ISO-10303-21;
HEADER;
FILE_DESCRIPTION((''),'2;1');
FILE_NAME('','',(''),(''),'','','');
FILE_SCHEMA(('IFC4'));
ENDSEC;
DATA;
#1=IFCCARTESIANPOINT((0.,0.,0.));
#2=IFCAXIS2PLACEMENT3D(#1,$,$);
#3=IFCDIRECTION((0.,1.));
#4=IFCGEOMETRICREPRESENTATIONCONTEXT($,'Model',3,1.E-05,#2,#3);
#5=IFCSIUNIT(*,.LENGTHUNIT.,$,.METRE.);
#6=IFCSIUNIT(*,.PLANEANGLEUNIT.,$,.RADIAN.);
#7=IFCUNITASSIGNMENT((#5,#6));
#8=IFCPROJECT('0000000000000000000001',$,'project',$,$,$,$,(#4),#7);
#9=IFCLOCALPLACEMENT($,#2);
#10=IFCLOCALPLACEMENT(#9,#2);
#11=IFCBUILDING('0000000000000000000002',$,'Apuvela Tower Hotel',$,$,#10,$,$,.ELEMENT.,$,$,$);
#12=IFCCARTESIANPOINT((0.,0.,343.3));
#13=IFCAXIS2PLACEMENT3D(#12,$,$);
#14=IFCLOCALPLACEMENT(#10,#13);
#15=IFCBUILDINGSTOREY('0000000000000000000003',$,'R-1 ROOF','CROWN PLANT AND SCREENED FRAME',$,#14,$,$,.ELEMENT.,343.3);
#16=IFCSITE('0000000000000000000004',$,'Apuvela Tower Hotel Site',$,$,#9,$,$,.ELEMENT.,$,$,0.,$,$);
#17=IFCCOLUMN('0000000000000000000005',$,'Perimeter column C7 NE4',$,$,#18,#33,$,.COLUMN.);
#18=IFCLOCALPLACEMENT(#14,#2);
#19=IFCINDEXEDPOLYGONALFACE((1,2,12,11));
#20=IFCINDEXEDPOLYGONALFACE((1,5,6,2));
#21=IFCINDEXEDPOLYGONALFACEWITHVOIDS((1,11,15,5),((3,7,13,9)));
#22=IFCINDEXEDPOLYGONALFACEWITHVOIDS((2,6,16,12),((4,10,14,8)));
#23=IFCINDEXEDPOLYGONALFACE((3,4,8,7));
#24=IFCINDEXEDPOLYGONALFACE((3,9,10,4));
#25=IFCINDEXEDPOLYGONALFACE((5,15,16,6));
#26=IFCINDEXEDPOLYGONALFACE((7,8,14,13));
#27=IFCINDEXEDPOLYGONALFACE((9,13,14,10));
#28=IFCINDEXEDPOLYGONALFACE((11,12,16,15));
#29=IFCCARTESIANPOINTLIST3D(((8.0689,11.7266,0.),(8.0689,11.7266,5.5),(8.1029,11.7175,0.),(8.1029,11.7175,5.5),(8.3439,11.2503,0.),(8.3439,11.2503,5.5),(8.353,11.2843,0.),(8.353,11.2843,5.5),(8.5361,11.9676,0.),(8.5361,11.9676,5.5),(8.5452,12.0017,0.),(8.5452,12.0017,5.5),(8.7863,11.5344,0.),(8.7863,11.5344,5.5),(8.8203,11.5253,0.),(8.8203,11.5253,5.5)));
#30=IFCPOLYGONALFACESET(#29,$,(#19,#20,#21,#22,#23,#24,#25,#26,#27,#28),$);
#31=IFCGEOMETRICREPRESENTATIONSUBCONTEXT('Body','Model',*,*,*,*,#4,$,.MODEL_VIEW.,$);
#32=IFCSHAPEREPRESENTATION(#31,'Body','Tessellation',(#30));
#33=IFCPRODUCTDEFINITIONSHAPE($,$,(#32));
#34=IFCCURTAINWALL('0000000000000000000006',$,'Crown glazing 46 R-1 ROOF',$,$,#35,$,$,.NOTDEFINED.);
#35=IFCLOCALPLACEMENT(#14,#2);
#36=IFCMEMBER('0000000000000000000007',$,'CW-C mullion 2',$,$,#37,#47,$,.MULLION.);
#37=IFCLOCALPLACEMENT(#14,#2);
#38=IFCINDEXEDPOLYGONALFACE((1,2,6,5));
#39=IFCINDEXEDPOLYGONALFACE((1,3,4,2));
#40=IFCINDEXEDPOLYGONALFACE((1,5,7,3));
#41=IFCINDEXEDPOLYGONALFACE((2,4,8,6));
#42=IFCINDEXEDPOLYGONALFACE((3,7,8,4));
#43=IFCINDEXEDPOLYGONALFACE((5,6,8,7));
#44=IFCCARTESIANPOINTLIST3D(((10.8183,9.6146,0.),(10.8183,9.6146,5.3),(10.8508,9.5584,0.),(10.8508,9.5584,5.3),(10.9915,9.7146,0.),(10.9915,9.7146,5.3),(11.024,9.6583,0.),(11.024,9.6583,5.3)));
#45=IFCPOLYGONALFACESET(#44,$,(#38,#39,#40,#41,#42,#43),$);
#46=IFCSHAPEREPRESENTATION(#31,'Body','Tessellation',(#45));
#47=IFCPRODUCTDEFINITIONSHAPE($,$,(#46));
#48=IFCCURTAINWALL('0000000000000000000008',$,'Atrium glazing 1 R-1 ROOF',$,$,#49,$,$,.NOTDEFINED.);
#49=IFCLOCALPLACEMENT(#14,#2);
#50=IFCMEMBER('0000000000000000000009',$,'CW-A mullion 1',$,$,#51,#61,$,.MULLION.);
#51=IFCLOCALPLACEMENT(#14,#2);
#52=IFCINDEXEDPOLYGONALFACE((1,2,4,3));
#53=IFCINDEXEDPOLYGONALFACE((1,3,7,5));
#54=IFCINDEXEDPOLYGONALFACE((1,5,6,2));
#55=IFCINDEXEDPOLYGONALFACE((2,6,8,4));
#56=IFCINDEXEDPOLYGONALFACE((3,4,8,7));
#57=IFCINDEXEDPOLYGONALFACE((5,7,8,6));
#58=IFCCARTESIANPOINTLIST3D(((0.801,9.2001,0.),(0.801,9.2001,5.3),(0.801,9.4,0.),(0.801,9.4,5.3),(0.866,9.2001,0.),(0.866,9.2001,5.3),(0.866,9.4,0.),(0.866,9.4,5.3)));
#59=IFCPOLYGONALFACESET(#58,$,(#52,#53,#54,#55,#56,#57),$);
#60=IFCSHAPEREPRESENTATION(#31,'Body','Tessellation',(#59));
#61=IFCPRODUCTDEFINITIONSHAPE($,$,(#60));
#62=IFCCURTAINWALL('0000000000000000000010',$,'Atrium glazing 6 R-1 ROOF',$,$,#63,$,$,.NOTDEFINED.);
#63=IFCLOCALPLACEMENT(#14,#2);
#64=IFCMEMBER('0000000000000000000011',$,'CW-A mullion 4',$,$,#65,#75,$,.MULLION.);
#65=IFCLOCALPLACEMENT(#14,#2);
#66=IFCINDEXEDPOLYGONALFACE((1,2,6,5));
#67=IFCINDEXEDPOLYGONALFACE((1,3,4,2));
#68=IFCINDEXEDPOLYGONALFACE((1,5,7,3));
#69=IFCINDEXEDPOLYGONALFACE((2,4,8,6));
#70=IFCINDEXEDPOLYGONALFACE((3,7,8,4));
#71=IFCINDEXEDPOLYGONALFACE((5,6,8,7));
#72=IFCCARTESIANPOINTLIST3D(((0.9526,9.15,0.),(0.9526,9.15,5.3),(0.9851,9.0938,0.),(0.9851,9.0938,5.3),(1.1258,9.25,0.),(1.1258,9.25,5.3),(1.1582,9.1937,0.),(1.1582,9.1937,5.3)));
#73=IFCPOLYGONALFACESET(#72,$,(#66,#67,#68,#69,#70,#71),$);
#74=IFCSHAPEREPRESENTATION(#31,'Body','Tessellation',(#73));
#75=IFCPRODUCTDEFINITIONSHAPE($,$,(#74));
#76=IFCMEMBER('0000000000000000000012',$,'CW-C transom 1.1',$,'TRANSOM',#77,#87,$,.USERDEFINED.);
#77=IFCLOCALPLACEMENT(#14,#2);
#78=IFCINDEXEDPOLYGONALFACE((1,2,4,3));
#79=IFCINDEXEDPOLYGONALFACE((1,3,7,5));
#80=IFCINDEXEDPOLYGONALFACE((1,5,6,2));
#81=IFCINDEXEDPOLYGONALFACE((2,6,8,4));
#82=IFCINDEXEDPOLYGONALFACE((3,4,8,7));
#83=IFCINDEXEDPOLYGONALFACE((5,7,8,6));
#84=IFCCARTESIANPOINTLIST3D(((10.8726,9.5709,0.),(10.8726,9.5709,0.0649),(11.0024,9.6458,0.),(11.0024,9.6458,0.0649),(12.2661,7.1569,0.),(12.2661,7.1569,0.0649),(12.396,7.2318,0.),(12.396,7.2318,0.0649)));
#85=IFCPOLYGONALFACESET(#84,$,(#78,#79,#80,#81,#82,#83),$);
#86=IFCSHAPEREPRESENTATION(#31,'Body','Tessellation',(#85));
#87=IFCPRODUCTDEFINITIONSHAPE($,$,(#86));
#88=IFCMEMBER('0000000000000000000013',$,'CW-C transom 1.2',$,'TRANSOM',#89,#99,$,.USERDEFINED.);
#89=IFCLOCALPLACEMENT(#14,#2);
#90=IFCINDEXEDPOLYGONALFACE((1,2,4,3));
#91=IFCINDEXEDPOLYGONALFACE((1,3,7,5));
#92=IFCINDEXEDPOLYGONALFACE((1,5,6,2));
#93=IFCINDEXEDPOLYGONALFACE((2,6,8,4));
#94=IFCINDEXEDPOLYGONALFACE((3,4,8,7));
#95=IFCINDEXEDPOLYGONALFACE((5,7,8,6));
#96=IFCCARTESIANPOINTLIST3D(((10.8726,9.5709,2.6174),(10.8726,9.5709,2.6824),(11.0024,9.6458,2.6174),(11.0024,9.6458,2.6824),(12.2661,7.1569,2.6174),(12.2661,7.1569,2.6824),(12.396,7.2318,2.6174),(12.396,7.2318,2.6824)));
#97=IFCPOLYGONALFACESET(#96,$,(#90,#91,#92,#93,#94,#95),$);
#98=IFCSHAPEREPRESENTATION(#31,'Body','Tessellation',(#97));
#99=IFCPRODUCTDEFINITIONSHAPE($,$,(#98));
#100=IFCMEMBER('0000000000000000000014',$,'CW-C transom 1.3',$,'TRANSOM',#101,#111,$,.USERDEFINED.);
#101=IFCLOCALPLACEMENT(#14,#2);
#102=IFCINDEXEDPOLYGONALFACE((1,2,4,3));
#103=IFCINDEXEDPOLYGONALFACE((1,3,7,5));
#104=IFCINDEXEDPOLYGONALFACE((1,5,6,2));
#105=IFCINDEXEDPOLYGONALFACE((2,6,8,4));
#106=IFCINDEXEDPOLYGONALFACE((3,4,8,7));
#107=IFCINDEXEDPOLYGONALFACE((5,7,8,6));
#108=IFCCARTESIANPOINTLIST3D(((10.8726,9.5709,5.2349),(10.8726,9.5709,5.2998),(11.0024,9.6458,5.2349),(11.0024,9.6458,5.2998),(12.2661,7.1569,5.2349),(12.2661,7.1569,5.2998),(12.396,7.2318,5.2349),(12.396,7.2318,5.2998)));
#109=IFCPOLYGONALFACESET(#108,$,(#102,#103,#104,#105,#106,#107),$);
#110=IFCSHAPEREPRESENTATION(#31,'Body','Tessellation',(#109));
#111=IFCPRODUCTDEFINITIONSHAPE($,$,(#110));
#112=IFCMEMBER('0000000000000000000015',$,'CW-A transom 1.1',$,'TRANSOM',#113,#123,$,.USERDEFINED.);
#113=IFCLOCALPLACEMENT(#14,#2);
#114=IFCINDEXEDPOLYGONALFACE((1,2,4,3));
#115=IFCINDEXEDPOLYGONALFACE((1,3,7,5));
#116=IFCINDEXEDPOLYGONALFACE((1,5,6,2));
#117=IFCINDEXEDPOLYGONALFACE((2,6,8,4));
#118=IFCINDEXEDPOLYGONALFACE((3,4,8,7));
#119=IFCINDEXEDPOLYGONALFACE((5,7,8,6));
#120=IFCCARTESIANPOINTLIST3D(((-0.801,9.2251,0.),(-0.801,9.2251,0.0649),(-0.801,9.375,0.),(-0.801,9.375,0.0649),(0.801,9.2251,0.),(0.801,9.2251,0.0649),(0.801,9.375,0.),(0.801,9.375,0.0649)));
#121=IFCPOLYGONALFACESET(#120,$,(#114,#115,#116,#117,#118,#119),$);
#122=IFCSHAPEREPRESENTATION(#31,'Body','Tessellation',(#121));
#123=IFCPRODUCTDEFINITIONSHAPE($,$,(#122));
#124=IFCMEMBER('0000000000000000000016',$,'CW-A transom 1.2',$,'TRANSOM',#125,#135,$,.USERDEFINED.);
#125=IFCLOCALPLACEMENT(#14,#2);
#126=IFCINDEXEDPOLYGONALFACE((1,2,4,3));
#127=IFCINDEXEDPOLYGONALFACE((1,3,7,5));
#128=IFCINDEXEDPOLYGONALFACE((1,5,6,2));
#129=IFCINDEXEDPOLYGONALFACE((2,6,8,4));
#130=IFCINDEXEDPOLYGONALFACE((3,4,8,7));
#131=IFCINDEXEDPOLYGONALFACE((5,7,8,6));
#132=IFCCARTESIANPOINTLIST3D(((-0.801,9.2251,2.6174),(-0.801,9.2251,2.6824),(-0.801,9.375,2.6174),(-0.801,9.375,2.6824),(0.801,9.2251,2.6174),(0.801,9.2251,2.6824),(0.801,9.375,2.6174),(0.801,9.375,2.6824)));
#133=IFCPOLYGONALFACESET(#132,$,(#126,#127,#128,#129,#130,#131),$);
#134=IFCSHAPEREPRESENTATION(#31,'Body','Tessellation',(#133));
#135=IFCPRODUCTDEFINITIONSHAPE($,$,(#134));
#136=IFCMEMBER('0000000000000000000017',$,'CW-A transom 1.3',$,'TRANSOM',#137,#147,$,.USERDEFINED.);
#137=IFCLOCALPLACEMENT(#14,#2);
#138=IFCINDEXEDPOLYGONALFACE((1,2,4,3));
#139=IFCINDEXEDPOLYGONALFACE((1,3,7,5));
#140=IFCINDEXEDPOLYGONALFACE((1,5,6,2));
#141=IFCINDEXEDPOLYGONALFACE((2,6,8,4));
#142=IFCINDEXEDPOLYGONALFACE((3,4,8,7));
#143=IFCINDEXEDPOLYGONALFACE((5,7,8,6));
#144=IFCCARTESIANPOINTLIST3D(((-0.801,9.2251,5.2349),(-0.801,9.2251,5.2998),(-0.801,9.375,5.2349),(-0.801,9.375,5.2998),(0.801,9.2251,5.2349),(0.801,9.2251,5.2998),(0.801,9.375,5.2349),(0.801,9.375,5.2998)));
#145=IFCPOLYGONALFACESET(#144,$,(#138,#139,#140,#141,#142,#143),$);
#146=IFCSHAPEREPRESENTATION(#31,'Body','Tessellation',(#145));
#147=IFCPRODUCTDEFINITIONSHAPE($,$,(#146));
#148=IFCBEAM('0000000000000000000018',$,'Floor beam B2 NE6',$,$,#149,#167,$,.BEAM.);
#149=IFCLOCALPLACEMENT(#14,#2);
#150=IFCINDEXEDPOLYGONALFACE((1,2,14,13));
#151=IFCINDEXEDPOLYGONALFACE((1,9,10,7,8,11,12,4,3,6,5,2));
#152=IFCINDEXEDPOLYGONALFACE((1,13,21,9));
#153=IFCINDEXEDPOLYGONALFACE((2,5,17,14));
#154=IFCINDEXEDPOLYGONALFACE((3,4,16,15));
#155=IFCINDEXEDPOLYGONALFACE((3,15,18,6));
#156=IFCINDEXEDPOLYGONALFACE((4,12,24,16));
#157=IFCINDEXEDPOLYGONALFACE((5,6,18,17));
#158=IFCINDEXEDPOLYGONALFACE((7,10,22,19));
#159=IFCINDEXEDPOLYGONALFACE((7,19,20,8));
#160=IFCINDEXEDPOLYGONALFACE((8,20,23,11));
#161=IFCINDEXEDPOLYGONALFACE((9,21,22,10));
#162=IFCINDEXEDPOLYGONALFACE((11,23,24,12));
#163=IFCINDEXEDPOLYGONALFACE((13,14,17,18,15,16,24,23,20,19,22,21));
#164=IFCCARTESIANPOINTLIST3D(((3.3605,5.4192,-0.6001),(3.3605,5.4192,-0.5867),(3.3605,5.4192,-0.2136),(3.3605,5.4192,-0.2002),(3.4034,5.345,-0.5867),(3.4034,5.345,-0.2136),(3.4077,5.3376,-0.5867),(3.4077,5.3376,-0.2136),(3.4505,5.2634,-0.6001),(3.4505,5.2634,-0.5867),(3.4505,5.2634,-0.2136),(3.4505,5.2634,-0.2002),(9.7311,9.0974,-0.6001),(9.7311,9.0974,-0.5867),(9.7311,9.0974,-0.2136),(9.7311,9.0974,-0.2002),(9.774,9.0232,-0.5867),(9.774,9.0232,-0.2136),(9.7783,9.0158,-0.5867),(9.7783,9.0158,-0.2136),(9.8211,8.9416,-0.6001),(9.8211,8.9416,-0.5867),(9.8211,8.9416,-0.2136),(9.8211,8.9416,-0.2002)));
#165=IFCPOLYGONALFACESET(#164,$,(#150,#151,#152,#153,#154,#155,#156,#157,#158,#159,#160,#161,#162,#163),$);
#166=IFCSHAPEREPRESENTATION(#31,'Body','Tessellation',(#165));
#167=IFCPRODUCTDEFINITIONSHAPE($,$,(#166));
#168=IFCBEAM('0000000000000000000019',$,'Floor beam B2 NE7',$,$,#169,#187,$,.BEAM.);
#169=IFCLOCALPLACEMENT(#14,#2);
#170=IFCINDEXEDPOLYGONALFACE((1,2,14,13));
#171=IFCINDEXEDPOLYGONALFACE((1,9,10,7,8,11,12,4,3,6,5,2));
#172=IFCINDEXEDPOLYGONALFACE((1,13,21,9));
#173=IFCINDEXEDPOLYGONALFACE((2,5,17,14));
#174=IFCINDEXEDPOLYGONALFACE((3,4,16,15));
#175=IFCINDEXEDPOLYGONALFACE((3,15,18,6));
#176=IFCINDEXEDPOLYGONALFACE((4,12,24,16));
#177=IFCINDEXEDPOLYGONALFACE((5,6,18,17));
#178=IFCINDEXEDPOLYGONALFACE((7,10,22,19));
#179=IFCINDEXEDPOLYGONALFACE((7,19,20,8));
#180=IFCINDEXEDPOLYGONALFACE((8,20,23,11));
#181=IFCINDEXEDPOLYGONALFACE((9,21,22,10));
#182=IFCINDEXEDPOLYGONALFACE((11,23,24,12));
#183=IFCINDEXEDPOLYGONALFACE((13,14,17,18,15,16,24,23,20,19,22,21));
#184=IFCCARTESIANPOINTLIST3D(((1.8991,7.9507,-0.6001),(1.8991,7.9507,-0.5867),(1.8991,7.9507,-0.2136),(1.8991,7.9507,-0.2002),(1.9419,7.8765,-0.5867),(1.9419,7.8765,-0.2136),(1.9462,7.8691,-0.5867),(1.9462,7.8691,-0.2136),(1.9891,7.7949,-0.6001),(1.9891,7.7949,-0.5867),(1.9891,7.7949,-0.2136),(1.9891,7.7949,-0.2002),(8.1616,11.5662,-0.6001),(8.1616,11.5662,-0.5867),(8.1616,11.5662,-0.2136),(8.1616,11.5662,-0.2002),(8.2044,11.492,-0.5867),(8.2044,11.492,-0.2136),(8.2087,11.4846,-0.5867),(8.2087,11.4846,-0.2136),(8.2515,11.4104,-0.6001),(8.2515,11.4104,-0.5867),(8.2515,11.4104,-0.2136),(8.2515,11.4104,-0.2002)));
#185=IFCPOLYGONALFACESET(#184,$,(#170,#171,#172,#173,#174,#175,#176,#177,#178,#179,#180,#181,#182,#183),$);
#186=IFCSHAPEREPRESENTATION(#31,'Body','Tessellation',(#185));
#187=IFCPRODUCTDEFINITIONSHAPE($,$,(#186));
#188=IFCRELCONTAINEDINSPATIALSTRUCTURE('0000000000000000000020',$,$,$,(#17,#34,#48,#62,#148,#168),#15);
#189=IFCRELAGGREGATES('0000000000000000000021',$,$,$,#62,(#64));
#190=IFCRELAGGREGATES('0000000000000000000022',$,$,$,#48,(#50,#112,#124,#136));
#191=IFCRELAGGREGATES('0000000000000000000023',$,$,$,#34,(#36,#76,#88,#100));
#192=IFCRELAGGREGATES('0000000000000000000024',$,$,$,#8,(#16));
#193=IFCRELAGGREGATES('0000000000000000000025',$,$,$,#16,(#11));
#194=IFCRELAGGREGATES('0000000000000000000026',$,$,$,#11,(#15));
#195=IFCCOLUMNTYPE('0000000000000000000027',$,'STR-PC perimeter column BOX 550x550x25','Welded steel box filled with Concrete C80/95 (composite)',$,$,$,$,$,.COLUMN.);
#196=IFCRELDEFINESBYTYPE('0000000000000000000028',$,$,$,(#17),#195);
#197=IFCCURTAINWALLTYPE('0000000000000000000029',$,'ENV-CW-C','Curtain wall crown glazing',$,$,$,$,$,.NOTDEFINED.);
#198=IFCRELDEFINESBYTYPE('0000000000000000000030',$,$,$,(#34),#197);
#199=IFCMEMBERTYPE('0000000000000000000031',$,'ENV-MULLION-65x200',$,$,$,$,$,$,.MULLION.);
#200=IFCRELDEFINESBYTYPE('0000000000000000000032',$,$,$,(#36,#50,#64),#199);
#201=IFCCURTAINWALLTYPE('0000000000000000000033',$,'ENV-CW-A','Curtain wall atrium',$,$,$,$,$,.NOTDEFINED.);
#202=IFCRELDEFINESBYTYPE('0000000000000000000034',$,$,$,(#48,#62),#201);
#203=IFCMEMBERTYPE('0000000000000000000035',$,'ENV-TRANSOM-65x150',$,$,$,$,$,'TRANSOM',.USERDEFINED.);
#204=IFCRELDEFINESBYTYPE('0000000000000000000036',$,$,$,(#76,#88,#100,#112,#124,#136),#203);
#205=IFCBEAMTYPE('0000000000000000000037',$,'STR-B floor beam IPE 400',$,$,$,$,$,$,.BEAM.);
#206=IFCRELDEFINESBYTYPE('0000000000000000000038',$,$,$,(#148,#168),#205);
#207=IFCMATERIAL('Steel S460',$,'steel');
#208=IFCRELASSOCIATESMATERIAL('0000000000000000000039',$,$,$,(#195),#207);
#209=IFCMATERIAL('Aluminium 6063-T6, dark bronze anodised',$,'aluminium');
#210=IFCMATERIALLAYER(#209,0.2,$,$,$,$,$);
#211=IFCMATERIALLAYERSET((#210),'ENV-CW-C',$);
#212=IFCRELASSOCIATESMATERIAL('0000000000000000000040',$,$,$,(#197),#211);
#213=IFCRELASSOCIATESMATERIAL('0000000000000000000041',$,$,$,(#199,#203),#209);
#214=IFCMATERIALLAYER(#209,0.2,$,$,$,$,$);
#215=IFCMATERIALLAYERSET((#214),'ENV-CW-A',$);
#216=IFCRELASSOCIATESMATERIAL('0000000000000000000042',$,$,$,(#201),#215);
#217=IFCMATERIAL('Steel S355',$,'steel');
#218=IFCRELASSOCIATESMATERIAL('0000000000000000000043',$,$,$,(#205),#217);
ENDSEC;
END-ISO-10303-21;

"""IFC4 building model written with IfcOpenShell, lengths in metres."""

from ifc_helpers import new_model, si_unit, direction, frame, origin, origin_2d, place, context, subcontext, project, spatial, rectangle, hollow_rectangle, i_section, extrude, material, layer, layer_set, material_profile, profile_set, type_object, element, aggregate, save


model = new_model("IFC4")

# Units and contexts
model_context = context("Model", 3, precision=1e-05, world=origin(), true_north=direction((0.0, 1.0)))
body_context = subcontext(model_context, "Body", "Model", "MODEL_VIEW")
ifc_project = project(units=[si_unit("LENGTHUNIT", "METRE"), si_unit("PLANEANGLEUNIT", "RADIAN")], contexts=[model_context])

# Site, building, storey
site_placement = place(None, origin())
site = spatial("IfcSite", under=ifc_project, at=site_placement, Name="Apuvela Tower Hotel Site", CompositionType="ELEMENT", RefElevation=0.0)
building_placement = place(site_placement, origin())
building = spatial("IfcBuilding", under=site, at=building_placement, Name="Apuvela Tower Hotel", CompositionType="ELEMENT")
storey_placement = place(building_placement, frame((0.0, 0.0, 343.3)))
storey = spatial("IfcBuildingStorey", under=building, at=storey_placement, Name="R-1 ROOF", Description="CROWN PLANT AND SCREENED FRAME", CompositionType="ELEMENT", Elevation=343.3)

# Column
ifc_material_1 = material(Name="Steel S460", Category="steel")
ifc_material_profile_1 = material_profile(ifc_material_1, hollow_rectangle(XDim=0.55, YDim=0.55, WallThickness=0.0249, at=origin_2d()), Name="BOX 550x550x25")
ifc_material_2 = material(Name="Concrete C80/95", Category="concrete")
ifc_material_profile_2 = material_profile(ifc_material_2, rectangle(XDim=0.5, YDim=0.5, at=origin_2d()), Name="Concrete C80/95 infill")
ifc_profile_set_1 = profile_set([ifc_material_profile_1, ifc_material_profile_2], Name="Steel S460")
column_type = type_object("IfcColumnType", Name="STR-PC perimeter column BOX 550x550x25", Description="Welded steel box filled with Concrete C80/95 (composite)", PredefinedType="COLUMN", material=ifc_profile_set_1)
column_placement = place(storey_placement, frame((8.4446, 11.626, 0.0), z_axis=(0.0, 0.0, 1.0), x_axis=(-0.5, 0.866025, 0.0)))
element("IfcColumn", 1, at=column_placement, inside=storey, type_object=column_type, Name="Perimeter column C7 NE4", PredefinedType="COLUMN", context=body_context, shape_type="SweptSolid", body=[
    extrude(hollow_rectangle(XDim=0.55, YDim=0.55, WallThickness=0.0249, at=origin_2d()), origin(), (0.0, 0.0, 1.0), 5.5),
])

# Curtain walls, members
ifc_material_3 = material(Name="Aluminium 6063-T6, dark bronze anodised", Category="aluminium")
ifc_layer_1 = layer(ifc_material_3, 0.2)
ifc_layer_set_1 = layer_set([ifc_layer_1], Name="ENV-CW-C")
curtain_wall_type_1 = type_object("IfcCurtainWallType", Name="ENV-CW-C", Description="Curtain wall crown glazing", PredefinedType="NOTDEFINED", material=ifc_layer_set_1)
curtain_wall_1_placement = place(storey_placement, origin())
curtain_wall_1 = element("IfcCurtainWall", 2, at=curtain_wall_1_placement, inside=storey, type_object=curtain_wall_type_1, Name="Crown glazing 46 R-1 ROOF", PredefinedType="NOTDEFINED")
ifc_material_profile_3 = material_profile(ifc_material_3, rectangle(XDim=0.2, YDim=0.0649, at=origin_2d()), Name="AL 65x200")
ifc_profile_set_2 = profile_set([ifc_material_profile_3], Name="Aluminium 6063-T6, dark bronze anodised")
member_type_1 = type_object("IfcMemberType", Name="ENV-MULLION-65x200", PredefinedType="MULLION", material=ifc_profile_set_2)
member_1_placement = place(storey_placement, frame((10.9211, 9.6365, 0.0), z_axis=(0.0, 0.0, 1.0), x_axis=(-0.866022, -0.500006, 0.0)))
member_1 = element("IfcMember", 3, at=member_1_placement, type_object=member_type_1, Name="CW-C mullion 2", PredefinedType="MULLION", context=body_context, shape_type="SweptSolid", body=[
    extrude(rectangle(XDim=0.2, YDim=0.0649, at=origin_2d()), origin(), (0.0, 0.0, 1.0), 5.3),
])
ifc_layer_2 = layer(ifc_material_3, 0.2)
ifc_layer_set_2 = layer_set([ifc_layer_2], Name="ENV-CW-A")
curtain_wall_type_2 = type_object("IfcCurtainWallType", Name="ENV-CW-A", Description="Curtain wall atrium", PredefinedType="NOTDEFINED", material=ifc_layer_set_2)
curtain_wall_2_placement = place(storey_placement, origin())
curtain_wall_2 = element("IfcCurtainWall", 4, at=curtain_wall_2_placement, inside=storey, type_object=curtain_wall_type_2, Name="Atrium glazing 1 R-1 ROOF", PredefinedType="NOTDEFINED")
member_2_placement = place(storey_placement, frame((0.8335, 9.3, 0.0), z_axis=(0.0, 0.0, 1.0), x_axis=(0.0, -1.0, 0.0)))
member_2 = element("IfcMember", 5, at=member_2_placement, type_object=member_type_1, Name="CW-A mullion 1", PredefinedType="MULLION", context=body_context, shape_type="SweptSolid", body=[
    extrude(rectangle(XDim=0.2, YDim=0.0649, at=origin_2d()), origin(), (0.0, 0.0, 1.0), 5.3),
])
curtain_wall_3_placement = place(storey_placement, origin())
curtain_wall_3 = element("IfcCurtainWall", 6, at=curtain_wall_3_placement, inside=storey, type_object=curtain_wall_type_2, Name="Atrium glazing 6 R-1 ROOF", PredefinedType="NOTDEFINED")
member_3_placement = place(storey_placement, frame((1.0554, 9.1719, 0.0), z_axis=(0.0, 0.0, 1.0), x_axis=(-0.866026, -0.499999, 0.0)))
member_3 = element("IfcMember", 7, at=member_3_placement, type_object=member_type_1, Name="CW-A mullion 4", PredefinedType="MULLION", context=body_context, shape_type="SweptSolid", body=[
    extrude(rectangle(XDim=0.2, YDim=0.0649, at=origin_2d()), origin(), (0.0, 0.0, 1.0), 5.3),
])
aggregate(curtain_wall_3, [member_3])

# Members
ifc_material_profile_4 = material_profile(ifc_material_3, rectangle(XDim=0.1499, YDim=0.0649, at=origin_2d()), Name="AL 65x150 transom")
ifc_profile_set_3 = profile_set([ifc_material_profile_4], Name="Aluminium 6063-T6, dark bronze anodised")
member_type_2 = type_object("IfcMemberType", Name="ENV-TRANSOM-65x150", ElementType="TRANSOM", PredefinedType="USERDEFINED", material=ifc_profile_set_3)
member_4_placement = place(storey_placement, frame((12.3311, 7.1943, 0.0325), z_axis=(-0.499945, 0.866057, 0.0), x_axis=(-0.866057, -0.499945, 0.0)))
member_4 = element("IfcMember", 8, at=member_4_placement, type_object=member_type_2, Name="CW-C transom 1.1", ObjectType="TRANSOM", PredefinedType="USERDEFINED", context=body_context, shape_type="SweptSolid", body=[
    extrude(rectangle(XDim=0.1499, YDim=0.0649, at=origin_2d()), origin(), (0.0, 0.0, 1.0), 2.7874),
])
member_5_placement = place(storey_placement, frame((12.3311, 7.1943, 2.6499), z_axis=(-0.499945, 0.866057, 0.0), x_axis=(-0.866057, -0.499945, 0.0)))
member_5 = element("IfcMember", 9, at=member_5_placement, type_object=member_type_2, Name="CW-C transom 1.2", ObjectType="TRANSOM", PredefinedType="USERDEFINED", context=body_context, shape_type="SweptSolid", body=[
    extrude(rectangle(XDim=0.1499, YDim=0.0649, at=origin_2d()), origin(), (0.0, 0.0, 1.0), 2.7874),
])
member_6_placement = place(storey_placement, frame((12.3311, 7.1943, 5.2673), z_axis=(-0.499945, 0.866057, 0.0), x_axis=(-0.866057, -0.499945, 0.0)))
member_6 = element("IfcMember", 10, at=member_6_placement, type_object=member_type_2, Name="CW-C transom 1.3", ObjectType="TRANSOM", PredefinedType="USERDEFINED", context=body_context, shape_type="SweptSolid", body=[
    extrude(rectangle(XDim=0.1499, YDim=0.0649, at=origin_2d()), origin(), (0.0, 0.0, 1.0), 2.7874),
])
member_7_placement = place(storey_placement, frame((0.801, 9.3, 0.0325), z_axis=(-1.0, 0.0, 0.0), x_axis=(0.0, -1.0, 0.0)))
member_7 = element("IfcMember", 11, at=member_7_placement, type_object=member_type_2, Name="CW-A transom 1.1", ObjectType="TRANSOM", PredefinedType="USERDEFINED", context=body_context, shape_type="SweptSolid", body=[
    extrude(rectangle(XDim=0.1499, YDim=0.0649, at=origin_2d()), origin(), (0.0, 0.0, 1.0), 1.6021),
])
member_8_placement = place(storey_placement, frame((0.801, 9.3, 2.6499), z_axis=(-1.0, 0.0, 0.0), x_axis=(0.0, -1.0, 0.0)))
member_8 = element("IfcMember", 12, at=member_8_placement, type_object=member_type_2, Name="CW-A transom 1.2", ObjectType="TRANSOM", PredefinedType="USERDEFINED", context=body_context, shape_type="SweptSolid", body=[
    extrude(rectangle(XDim=0.1499, YDim=0.0649, at=origin_2d()), origin(), (0.0, 0.0, 1.0), 1.6021),
])
member_9_placement = place(storey_placement, frame((0.801, 9.3, 5.2673), z_axis=(-1.0, 0.0, 0.0), x_axis=(0.0, -1.0, 0.0)))
member_9 = element("IfcMember", 13, at=member_9_placement, type_object=member_type_2, Name="CW-A transom 1.3", ObjectType="TRANSOM", PredefinedType="USERDEFINED", context=body_context, shape_type="SweptSolid", body=[
    extrude(rectangle(XDim=0.1499, YDim=0.0649, at=origin_2d()), origin(), (0.0, 0.0, 1.0), 1.6021),
])
aggregate(curtain_wall_2, [member_2, member_7, member_8, member_9])

# Beams
ifc_material_4 = material(Name="Steel S355", Category="steel")
ifc_material_profile_5 = material_profile(ifc_material_4, i_section(OverallWidth=0.1799, OverallDepth=0.3999, WebThickness=0.0085, FlangeThickness=0.0134, at=origin_2d()), Name="IPE 400")
ifc_profile_set_4 = profile_set([ifc_material_profile_5], Name="Steel S355")
beam_type_1 = type_object("IfcBeamType", Name="STR-B floor beam IPE 400", PredefinedType="BEAM", material=ifc_profile_set_4)
beam_1_placement = place(storey_placement, frame((9.7761, 9.0195, -0.4001), z_axis=(-0.866016, -0.500015, 0.0), x_axis=(0.500015, -0.866016, 0.0)))
element("IfcBeam", 14, at=beam_1_placement, inside=storey, type_object=beam_type_1, Name="Floor beam B2 NE6", PredefinedType="BEAM", context=body_context, shape_type="SweptSolid", body=[
    extrude(i_section(OverallWidth=0.1799, OverallDepth=0.3999, WebThickness=0.0085, FlangeThickness=0.0134, at=origin_2d()), origin(), (0.0, 0.0, 1.0), 7.3562),
])
beam_2_placement = place(storey_placement, frame((8.2065, 11.4883, -0.4001), z_axis=(-0.866034, -0.499985, 0.0), x_axis=(0.499985, -0.866034, 0.0)))
element("IfcBeam", 15, at=beam_2_placement, inside=storey, type_object=beam_type_1, Name="Floor beam B2 NE7", PredefinedType="BEAM", context=body_context, shape_type="SweptSolid", body=[
    extrude(i_section(OverallWidth=0.1799, OverallDepth=0.3999, WebThickness=0.0085, FlangeThickness=0.0134, at=origin_2d()), origin(), (0.0, 0.0, 1.0), 7.2312),
])

aggregate(curtain_wall_1, [member_1, member_4, member_5, member_6])

save(model, "model.ifc")
